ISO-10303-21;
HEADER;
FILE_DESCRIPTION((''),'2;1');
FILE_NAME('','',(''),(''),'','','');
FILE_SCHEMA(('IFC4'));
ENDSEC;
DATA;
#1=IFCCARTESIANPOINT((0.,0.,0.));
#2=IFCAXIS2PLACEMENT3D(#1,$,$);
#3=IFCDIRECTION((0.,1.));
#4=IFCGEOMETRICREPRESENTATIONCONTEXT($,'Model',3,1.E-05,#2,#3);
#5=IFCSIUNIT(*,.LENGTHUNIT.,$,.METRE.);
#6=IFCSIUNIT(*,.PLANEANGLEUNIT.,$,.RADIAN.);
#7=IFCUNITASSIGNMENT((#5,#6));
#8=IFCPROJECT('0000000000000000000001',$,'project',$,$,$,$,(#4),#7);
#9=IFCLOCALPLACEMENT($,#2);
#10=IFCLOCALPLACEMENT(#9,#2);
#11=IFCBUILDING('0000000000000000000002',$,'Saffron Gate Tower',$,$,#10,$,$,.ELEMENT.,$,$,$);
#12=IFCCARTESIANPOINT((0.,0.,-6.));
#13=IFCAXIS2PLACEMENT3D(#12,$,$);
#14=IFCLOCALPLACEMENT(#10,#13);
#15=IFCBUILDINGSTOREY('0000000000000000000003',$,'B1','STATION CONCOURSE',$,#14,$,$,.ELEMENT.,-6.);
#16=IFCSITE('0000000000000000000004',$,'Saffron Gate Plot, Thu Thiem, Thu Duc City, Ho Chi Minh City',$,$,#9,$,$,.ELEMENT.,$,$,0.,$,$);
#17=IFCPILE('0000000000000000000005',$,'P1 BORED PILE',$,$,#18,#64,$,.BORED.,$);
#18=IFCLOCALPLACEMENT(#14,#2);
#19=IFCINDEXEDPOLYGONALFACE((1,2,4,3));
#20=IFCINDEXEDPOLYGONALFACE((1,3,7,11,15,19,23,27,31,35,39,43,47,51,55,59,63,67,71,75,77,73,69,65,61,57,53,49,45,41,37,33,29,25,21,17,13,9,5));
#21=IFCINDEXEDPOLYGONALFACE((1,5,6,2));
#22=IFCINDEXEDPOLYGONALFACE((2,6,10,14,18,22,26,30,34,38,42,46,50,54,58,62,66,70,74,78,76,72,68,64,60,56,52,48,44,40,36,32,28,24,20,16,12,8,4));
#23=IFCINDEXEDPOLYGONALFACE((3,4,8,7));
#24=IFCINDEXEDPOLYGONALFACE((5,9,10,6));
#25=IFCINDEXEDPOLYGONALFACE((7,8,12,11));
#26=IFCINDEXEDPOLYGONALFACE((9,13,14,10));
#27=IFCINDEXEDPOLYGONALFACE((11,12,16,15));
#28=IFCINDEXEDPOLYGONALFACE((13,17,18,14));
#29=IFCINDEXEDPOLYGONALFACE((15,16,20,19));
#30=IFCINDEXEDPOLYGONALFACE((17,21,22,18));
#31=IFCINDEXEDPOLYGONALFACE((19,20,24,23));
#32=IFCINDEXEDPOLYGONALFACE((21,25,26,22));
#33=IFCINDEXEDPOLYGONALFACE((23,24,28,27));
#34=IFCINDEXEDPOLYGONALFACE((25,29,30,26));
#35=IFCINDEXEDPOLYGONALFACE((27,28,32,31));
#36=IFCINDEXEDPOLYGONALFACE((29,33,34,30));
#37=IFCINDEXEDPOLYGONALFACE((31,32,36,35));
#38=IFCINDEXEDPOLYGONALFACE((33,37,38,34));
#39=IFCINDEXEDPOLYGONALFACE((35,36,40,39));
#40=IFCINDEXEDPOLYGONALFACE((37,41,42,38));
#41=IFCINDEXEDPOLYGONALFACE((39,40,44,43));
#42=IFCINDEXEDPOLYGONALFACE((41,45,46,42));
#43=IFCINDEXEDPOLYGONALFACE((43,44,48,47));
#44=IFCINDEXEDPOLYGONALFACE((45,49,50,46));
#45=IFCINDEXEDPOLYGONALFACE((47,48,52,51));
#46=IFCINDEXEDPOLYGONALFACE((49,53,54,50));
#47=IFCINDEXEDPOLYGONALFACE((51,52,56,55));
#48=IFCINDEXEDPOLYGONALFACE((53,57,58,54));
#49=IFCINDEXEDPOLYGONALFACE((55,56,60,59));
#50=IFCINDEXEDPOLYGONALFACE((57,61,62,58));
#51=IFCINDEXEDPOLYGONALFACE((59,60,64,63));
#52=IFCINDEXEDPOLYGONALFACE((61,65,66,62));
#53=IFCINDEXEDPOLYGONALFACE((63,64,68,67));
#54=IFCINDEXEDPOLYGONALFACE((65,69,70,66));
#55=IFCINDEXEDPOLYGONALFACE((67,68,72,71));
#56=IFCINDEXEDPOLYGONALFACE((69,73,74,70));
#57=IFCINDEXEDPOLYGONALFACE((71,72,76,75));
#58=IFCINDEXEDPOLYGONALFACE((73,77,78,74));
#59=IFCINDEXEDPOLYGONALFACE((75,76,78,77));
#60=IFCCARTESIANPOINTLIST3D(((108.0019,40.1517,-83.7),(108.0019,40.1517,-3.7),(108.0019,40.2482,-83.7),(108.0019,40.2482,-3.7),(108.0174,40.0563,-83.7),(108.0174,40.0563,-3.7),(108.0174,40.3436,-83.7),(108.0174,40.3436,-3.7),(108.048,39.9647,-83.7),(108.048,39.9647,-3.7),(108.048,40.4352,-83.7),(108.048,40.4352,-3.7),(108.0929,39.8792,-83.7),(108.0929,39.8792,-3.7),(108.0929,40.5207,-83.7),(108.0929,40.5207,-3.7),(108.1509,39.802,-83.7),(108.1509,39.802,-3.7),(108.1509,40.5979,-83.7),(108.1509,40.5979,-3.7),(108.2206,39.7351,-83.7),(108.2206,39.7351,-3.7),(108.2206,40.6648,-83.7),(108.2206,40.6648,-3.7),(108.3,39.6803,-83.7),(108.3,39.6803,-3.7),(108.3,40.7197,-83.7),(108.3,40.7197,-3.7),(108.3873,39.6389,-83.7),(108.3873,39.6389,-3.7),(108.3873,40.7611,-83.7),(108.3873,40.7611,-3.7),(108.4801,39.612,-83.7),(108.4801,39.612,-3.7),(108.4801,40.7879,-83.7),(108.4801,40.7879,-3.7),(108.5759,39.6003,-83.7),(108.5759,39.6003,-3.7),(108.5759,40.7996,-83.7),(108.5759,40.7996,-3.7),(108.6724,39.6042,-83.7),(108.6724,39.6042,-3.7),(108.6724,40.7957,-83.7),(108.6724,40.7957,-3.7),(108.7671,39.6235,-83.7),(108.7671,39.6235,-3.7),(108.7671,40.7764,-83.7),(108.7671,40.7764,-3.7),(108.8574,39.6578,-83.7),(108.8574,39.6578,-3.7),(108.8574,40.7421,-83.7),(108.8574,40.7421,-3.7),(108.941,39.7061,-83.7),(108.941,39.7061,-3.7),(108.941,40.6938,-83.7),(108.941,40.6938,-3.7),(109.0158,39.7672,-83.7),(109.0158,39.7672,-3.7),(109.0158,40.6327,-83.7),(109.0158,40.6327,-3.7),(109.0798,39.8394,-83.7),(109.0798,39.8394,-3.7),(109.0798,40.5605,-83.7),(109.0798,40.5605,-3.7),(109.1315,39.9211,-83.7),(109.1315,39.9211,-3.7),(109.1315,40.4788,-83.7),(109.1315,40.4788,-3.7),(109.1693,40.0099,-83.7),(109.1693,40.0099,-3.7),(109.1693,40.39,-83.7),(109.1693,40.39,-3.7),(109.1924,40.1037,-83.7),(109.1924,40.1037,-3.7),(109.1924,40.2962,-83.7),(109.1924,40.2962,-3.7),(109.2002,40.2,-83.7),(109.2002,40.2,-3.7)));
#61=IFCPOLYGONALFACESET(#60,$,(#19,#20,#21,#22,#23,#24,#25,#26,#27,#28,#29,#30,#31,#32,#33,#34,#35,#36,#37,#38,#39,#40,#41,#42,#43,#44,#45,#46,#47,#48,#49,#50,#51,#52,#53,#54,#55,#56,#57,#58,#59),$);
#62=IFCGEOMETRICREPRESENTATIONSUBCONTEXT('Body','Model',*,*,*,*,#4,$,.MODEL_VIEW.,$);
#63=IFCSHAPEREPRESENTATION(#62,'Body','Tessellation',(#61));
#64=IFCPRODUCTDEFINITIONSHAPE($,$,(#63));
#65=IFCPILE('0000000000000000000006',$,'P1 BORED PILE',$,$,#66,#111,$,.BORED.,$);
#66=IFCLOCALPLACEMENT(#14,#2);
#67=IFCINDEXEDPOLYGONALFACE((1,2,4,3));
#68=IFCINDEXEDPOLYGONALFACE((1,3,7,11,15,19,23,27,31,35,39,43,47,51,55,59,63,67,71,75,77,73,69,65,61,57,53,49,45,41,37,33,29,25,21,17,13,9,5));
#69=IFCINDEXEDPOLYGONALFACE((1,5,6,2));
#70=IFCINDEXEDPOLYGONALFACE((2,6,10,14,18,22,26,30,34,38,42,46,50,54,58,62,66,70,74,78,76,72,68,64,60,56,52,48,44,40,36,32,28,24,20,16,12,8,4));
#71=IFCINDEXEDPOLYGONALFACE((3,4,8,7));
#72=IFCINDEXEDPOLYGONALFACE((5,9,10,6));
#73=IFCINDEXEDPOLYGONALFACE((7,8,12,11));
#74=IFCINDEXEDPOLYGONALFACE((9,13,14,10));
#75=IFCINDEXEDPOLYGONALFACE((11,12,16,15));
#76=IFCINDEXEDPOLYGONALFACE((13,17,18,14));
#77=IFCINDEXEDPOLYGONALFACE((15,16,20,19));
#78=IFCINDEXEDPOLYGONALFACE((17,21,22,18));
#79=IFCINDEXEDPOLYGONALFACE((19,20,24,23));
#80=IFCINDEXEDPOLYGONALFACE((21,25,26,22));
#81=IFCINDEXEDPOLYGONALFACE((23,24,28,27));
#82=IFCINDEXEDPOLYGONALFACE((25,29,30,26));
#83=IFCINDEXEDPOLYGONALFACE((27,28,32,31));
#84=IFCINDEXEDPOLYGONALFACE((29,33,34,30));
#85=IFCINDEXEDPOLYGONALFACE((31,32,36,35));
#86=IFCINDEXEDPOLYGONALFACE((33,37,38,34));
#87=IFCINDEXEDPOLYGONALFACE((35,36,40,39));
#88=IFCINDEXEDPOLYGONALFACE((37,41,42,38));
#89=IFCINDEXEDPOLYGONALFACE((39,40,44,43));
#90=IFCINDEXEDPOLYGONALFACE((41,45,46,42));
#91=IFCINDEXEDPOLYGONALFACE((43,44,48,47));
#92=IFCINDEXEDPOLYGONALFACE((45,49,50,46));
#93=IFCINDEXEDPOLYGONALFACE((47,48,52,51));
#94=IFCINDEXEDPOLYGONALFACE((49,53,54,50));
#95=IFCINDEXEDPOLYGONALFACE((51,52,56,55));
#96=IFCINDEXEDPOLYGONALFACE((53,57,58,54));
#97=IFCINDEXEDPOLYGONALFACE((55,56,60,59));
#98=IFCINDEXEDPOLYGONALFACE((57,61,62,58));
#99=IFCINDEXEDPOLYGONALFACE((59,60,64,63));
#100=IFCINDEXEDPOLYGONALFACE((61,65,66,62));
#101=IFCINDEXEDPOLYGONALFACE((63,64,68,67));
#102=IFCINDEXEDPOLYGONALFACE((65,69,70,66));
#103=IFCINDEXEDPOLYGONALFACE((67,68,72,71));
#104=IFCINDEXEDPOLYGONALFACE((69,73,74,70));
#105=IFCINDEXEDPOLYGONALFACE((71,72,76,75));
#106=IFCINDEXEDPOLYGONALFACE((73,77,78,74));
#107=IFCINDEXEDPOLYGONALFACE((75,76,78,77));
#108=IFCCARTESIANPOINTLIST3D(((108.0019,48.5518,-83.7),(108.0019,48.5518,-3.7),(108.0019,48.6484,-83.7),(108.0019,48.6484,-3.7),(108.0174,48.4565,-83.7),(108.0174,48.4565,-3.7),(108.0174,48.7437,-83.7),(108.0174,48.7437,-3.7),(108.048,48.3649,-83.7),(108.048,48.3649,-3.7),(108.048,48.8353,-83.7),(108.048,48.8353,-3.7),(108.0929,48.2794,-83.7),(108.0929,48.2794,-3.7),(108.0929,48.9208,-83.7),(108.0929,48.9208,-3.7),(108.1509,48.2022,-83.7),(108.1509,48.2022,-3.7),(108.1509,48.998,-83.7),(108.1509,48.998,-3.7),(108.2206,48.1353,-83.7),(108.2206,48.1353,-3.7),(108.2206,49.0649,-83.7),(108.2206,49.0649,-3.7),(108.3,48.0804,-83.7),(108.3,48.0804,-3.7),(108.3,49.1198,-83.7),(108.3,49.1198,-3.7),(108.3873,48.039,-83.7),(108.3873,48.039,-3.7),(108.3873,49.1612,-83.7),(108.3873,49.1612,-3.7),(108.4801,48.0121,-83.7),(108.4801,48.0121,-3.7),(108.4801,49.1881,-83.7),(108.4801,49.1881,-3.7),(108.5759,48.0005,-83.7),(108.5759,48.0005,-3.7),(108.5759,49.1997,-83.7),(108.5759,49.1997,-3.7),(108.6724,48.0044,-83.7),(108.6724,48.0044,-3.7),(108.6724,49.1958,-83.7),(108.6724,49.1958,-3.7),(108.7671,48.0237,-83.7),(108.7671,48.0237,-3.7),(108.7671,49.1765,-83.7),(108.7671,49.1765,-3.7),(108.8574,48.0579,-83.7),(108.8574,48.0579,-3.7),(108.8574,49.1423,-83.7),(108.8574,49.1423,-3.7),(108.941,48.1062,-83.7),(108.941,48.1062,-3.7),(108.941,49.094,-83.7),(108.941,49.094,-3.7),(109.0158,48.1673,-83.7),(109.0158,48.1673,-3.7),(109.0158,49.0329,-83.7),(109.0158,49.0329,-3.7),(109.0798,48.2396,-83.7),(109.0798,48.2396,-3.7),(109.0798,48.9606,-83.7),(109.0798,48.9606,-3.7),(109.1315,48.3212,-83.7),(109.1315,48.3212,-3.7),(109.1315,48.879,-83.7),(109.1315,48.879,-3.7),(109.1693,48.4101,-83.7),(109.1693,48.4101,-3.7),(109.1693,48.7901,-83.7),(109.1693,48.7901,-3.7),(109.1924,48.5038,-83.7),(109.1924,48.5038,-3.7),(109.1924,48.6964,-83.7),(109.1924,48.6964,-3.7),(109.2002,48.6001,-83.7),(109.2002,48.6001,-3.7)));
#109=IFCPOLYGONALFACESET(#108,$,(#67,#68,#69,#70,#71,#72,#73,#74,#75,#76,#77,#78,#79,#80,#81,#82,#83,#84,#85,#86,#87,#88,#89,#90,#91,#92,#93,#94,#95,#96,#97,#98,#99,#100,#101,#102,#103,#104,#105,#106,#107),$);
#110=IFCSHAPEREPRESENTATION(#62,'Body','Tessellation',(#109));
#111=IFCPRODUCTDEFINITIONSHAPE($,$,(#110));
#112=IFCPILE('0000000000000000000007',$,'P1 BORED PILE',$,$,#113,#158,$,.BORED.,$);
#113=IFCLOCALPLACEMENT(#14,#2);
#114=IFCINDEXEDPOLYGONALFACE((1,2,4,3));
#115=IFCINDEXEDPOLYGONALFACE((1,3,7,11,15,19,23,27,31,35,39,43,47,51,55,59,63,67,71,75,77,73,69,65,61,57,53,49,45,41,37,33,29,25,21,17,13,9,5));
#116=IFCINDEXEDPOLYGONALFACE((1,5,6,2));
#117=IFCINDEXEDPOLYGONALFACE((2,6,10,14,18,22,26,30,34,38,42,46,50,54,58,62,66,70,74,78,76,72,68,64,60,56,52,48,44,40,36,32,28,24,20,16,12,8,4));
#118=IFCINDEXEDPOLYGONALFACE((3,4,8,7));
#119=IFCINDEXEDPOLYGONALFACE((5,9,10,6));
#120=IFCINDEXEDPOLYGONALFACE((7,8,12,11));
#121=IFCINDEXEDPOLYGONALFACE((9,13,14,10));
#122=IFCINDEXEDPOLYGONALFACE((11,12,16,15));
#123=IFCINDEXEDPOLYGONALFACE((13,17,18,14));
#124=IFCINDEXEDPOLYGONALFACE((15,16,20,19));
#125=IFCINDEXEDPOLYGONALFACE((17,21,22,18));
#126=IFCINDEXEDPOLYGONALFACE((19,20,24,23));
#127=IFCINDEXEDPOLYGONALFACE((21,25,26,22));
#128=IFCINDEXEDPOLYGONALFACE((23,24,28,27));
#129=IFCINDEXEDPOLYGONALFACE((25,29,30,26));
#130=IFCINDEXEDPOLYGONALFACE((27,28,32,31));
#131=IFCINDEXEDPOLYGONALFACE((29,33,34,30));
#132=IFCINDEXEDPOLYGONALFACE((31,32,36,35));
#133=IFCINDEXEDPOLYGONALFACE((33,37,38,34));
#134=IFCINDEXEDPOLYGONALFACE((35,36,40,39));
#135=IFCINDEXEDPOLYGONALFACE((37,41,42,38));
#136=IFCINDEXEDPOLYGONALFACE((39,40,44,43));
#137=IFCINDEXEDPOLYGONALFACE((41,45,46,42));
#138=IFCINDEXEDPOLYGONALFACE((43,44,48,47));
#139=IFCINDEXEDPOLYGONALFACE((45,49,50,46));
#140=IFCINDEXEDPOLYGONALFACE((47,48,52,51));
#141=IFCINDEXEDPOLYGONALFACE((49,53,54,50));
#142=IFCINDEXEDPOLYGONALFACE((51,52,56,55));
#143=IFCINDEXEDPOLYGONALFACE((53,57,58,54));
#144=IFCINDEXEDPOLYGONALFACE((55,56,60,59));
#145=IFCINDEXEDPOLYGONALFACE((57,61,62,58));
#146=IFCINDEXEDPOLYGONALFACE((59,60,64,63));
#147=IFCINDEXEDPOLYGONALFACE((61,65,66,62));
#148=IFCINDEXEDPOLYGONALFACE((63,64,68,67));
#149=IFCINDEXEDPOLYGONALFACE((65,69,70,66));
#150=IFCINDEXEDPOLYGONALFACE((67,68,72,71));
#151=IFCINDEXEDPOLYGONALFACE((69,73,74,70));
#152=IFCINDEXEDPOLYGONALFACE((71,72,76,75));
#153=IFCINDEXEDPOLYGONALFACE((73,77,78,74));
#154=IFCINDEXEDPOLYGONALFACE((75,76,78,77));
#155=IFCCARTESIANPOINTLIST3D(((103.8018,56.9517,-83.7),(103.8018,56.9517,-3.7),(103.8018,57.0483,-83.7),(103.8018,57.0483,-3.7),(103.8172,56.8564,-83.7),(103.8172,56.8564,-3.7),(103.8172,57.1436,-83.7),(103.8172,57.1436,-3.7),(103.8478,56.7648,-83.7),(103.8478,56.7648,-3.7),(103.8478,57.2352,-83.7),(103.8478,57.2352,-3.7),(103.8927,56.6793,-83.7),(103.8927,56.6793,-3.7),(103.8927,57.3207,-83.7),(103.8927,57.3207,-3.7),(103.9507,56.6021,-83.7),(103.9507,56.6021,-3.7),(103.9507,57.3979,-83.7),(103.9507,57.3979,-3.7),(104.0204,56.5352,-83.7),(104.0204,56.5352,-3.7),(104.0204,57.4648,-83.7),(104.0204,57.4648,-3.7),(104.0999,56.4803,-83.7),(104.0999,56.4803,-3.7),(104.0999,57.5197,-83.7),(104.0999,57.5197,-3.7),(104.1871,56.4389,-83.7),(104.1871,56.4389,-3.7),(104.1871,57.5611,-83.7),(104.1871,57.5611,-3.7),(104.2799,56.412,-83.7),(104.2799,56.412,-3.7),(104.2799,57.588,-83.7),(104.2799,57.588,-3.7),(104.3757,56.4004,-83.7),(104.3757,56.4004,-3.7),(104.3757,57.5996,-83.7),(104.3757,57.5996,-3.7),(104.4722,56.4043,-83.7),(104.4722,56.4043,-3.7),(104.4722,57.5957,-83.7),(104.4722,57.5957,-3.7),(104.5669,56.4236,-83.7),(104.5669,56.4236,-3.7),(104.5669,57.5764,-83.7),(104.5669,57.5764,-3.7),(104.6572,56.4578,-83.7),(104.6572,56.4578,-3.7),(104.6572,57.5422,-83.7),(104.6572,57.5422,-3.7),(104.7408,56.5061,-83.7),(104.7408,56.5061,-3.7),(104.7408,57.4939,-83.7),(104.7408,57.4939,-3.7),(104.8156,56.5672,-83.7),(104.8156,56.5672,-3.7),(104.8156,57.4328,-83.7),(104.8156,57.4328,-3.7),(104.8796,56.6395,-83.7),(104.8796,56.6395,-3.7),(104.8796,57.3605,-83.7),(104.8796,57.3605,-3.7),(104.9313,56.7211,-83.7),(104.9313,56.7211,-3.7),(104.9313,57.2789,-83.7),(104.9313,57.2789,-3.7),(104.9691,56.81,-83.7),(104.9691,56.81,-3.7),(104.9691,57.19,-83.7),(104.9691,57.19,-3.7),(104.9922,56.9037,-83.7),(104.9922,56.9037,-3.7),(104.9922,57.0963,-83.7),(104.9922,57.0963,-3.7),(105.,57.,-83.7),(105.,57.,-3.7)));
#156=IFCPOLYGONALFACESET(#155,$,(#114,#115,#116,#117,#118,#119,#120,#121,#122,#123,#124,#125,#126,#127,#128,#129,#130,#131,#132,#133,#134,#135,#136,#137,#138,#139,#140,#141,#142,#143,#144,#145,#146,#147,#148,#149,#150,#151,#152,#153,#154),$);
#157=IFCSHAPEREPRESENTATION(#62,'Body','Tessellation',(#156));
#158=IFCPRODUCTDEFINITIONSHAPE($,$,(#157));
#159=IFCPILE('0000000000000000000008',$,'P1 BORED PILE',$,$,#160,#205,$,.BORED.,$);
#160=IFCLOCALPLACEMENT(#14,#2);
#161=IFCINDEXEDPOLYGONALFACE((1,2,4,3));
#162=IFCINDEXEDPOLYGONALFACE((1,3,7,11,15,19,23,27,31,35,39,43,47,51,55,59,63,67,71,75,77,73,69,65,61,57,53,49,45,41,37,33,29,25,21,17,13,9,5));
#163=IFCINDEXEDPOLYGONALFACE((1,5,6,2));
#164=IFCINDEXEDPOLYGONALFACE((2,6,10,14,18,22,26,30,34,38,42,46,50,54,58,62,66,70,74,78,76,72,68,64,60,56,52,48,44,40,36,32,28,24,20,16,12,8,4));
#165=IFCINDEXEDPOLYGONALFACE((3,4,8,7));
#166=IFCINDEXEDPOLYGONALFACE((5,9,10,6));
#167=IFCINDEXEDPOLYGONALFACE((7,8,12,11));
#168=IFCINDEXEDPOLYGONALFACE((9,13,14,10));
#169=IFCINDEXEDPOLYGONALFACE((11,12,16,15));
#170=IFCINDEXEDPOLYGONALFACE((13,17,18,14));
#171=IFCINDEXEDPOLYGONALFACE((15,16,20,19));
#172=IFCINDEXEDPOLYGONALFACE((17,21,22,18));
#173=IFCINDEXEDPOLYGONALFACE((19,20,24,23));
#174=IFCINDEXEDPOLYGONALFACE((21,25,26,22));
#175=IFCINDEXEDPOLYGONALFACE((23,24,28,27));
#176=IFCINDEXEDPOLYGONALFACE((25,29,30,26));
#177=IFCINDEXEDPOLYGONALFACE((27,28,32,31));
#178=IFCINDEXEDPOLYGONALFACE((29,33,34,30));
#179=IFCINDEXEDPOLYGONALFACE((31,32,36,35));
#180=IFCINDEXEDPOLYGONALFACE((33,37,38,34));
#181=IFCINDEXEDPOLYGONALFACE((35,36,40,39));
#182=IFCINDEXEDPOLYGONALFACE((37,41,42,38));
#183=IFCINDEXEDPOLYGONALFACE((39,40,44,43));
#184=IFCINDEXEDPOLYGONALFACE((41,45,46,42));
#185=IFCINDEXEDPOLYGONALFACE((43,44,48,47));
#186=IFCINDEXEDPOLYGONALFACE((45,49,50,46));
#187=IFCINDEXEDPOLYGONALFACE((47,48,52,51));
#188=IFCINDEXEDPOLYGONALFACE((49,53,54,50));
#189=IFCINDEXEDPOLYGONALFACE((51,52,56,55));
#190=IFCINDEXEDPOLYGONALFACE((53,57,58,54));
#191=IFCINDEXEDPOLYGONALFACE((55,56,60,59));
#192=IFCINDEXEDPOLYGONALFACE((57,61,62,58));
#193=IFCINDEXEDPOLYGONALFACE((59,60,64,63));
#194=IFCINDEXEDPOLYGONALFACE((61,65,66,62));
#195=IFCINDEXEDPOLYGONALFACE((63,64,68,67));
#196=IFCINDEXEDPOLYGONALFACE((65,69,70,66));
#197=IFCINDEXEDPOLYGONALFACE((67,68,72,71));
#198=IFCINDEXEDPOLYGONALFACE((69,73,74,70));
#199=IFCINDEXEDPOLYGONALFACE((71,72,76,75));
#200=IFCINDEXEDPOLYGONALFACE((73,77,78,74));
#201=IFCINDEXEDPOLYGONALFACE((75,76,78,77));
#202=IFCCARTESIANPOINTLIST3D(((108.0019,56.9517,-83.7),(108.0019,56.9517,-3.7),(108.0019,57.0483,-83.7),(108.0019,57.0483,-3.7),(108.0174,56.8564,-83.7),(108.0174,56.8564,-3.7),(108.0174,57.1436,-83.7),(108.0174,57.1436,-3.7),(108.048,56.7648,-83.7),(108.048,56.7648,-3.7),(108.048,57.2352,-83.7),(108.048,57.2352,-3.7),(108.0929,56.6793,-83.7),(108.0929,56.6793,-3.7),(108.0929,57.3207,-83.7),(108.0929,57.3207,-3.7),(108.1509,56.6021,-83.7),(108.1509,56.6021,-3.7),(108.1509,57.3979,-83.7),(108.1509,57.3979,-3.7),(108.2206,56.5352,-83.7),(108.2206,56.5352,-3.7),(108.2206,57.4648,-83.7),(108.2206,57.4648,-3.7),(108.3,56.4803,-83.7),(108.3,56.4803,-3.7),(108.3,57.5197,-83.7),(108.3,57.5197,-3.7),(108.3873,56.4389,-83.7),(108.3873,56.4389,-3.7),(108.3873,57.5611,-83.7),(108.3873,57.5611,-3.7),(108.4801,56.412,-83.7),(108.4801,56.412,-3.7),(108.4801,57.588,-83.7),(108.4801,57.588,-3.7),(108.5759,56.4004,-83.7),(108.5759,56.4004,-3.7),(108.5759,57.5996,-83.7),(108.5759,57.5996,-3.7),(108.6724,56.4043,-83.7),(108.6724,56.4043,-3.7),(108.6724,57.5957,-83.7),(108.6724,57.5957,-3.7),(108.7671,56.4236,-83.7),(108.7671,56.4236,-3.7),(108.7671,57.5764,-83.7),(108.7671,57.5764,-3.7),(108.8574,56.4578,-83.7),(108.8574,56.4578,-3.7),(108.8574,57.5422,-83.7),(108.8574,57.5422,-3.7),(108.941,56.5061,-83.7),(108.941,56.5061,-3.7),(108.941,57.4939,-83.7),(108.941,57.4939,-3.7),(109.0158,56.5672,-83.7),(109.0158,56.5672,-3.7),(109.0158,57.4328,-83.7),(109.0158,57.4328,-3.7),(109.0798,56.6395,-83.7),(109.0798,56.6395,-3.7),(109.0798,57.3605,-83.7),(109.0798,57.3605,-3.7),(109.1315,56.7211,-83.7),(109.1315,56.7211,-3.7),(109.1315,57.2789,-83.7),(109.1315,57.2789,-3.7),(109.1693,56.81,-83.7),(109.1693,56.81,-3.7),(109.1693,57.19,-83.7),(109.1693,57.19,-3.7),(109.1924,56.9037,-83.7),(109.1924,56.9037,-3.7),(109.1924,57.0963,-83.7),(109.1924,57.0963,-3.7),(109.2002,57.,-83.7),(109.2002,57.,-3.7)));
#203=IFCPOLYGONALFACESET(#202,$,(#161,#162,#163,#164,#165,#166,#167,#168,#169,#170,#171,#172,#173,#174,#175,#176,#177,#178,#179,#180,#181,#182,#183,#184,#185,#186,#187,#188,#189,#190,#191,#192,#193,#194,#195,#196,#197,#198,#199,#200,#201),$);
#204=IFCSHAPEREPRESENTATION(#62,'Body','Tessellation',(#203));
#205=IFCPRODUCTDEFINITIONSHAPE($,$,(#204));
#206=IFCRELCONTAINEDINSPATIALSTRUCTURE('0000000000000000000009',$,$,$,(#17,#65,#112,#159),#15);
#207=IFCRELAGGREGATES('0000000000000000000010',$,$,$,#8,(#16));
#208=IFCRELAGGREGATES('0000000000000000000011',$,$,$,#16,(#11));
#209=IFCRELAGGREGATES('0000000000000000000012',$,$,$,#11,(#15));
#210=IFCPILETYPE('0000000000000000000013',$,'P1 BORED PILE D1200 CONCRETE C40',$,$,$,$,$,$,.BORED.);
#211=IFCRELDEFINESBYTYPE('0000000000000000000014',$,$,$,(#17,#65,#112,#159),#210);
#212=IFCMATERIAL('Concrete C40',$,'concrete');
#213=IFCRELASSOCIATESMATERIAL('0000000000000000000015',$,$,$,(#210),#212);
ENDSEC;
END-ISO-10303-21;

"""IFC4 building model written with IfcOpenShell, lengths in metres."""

from ifc_helpers import new_model, si_unit, direction, frame, origin, origin_2d, place, context, subcontext, project, spatial, circle, extrude, material, material_profile, profile_set, type_object, element, save


model = new_model("IFC4")

# Units and contexts
model_context = context("Model", 3, precision=1e-05, world=origin(), true_north=direction((0.0, 1.0)))
body_context = subcontext(model_context, "Body", "Model", "MODEL_VIEW")
ifc_project = project(units=[si_unit("LENGTHUNIT", "METRE"), si_unit("PLANEANGLEUNIT", "RADIAN")], contexts=[model_context])

# Site, building, storey
site_placement = place(None, origin())
site = spatial("IfcSite", under=ifc_project, at=site_placement, Name="Saffron Gate Plot, Thu Thiem, Thu Duc City, Ho Chi Minh City", CompositionType="ELEMENT", RefElevation=0.0)
building_placement = place(site_placement, origin())
building = spatial("IfcBuilding", under=site, at=building_placement, Name="Saffron Gate Tower", CompositionType="ELEMENT")
storey_placement = place(building_placement, frame((0.0, 0.0, -6.0)))
storey = spatial("IfcBuildingStorey", under=building, at=storey_placement, Name="B1", Description="STATION CONCOURSE", CompositionType="ELEMENT", Elevation=-6.0)

# Piles
ifc_material_1 = material(Name="Concrete C40", Category="concrete")
ifc_material_profile_1 = material_profile(ifc_material_1, circle(Radius=0.6001, at=origin_2d()))
ifc_profile_set_1 = profile_set([ifc_material_profile_1], Name="Concrete C40")
pile_type = type_object("IfcPileType", Name="P1 BORED PILE D1200 CONCRETE C40", PredefinedType="BORED", material=ifc_profile_set_1)
for number, where, z_axis, x_axis, name in (
    (1, (108.6001, 40.2, -3.7), (0.0, 0.0, -1.0), (1.0, 0.0, 0.0), "P1 BORED PILE"),
    (2, (108.6001, 48.6001, -3.7), (0.0, 0.0, -1.0), (1.0, 0.0, 0.0), "P1 BORED PILE"),
    (3, (104.3999, 57.0, -3.7), (0.0, 0.0, -1.0), (1.0, 0.0, 0.0), "P1 BORED PILE"),
    (4, (108.6001, 57.0, -3.7), (0.0, 0.0, -1.0), (1.0, 0.0, 0.0), "P1 BORED PILE"),
):
    element("IfcPile", number, at=place(storey_placement, frame(where, z_axis=z_axis, x_axis=x_axis)), inside=storey, type_object=pile_type, Name=name, PredefinedType="BORED", context=body_context, shape_type="SweptSolid", body=[
        extrude(circle(Radius=0.6001, at=origin_2d()), origin(), (0.0, 0.0, 1.0), 80.0),
    ])

save(model, "model.ifc")
